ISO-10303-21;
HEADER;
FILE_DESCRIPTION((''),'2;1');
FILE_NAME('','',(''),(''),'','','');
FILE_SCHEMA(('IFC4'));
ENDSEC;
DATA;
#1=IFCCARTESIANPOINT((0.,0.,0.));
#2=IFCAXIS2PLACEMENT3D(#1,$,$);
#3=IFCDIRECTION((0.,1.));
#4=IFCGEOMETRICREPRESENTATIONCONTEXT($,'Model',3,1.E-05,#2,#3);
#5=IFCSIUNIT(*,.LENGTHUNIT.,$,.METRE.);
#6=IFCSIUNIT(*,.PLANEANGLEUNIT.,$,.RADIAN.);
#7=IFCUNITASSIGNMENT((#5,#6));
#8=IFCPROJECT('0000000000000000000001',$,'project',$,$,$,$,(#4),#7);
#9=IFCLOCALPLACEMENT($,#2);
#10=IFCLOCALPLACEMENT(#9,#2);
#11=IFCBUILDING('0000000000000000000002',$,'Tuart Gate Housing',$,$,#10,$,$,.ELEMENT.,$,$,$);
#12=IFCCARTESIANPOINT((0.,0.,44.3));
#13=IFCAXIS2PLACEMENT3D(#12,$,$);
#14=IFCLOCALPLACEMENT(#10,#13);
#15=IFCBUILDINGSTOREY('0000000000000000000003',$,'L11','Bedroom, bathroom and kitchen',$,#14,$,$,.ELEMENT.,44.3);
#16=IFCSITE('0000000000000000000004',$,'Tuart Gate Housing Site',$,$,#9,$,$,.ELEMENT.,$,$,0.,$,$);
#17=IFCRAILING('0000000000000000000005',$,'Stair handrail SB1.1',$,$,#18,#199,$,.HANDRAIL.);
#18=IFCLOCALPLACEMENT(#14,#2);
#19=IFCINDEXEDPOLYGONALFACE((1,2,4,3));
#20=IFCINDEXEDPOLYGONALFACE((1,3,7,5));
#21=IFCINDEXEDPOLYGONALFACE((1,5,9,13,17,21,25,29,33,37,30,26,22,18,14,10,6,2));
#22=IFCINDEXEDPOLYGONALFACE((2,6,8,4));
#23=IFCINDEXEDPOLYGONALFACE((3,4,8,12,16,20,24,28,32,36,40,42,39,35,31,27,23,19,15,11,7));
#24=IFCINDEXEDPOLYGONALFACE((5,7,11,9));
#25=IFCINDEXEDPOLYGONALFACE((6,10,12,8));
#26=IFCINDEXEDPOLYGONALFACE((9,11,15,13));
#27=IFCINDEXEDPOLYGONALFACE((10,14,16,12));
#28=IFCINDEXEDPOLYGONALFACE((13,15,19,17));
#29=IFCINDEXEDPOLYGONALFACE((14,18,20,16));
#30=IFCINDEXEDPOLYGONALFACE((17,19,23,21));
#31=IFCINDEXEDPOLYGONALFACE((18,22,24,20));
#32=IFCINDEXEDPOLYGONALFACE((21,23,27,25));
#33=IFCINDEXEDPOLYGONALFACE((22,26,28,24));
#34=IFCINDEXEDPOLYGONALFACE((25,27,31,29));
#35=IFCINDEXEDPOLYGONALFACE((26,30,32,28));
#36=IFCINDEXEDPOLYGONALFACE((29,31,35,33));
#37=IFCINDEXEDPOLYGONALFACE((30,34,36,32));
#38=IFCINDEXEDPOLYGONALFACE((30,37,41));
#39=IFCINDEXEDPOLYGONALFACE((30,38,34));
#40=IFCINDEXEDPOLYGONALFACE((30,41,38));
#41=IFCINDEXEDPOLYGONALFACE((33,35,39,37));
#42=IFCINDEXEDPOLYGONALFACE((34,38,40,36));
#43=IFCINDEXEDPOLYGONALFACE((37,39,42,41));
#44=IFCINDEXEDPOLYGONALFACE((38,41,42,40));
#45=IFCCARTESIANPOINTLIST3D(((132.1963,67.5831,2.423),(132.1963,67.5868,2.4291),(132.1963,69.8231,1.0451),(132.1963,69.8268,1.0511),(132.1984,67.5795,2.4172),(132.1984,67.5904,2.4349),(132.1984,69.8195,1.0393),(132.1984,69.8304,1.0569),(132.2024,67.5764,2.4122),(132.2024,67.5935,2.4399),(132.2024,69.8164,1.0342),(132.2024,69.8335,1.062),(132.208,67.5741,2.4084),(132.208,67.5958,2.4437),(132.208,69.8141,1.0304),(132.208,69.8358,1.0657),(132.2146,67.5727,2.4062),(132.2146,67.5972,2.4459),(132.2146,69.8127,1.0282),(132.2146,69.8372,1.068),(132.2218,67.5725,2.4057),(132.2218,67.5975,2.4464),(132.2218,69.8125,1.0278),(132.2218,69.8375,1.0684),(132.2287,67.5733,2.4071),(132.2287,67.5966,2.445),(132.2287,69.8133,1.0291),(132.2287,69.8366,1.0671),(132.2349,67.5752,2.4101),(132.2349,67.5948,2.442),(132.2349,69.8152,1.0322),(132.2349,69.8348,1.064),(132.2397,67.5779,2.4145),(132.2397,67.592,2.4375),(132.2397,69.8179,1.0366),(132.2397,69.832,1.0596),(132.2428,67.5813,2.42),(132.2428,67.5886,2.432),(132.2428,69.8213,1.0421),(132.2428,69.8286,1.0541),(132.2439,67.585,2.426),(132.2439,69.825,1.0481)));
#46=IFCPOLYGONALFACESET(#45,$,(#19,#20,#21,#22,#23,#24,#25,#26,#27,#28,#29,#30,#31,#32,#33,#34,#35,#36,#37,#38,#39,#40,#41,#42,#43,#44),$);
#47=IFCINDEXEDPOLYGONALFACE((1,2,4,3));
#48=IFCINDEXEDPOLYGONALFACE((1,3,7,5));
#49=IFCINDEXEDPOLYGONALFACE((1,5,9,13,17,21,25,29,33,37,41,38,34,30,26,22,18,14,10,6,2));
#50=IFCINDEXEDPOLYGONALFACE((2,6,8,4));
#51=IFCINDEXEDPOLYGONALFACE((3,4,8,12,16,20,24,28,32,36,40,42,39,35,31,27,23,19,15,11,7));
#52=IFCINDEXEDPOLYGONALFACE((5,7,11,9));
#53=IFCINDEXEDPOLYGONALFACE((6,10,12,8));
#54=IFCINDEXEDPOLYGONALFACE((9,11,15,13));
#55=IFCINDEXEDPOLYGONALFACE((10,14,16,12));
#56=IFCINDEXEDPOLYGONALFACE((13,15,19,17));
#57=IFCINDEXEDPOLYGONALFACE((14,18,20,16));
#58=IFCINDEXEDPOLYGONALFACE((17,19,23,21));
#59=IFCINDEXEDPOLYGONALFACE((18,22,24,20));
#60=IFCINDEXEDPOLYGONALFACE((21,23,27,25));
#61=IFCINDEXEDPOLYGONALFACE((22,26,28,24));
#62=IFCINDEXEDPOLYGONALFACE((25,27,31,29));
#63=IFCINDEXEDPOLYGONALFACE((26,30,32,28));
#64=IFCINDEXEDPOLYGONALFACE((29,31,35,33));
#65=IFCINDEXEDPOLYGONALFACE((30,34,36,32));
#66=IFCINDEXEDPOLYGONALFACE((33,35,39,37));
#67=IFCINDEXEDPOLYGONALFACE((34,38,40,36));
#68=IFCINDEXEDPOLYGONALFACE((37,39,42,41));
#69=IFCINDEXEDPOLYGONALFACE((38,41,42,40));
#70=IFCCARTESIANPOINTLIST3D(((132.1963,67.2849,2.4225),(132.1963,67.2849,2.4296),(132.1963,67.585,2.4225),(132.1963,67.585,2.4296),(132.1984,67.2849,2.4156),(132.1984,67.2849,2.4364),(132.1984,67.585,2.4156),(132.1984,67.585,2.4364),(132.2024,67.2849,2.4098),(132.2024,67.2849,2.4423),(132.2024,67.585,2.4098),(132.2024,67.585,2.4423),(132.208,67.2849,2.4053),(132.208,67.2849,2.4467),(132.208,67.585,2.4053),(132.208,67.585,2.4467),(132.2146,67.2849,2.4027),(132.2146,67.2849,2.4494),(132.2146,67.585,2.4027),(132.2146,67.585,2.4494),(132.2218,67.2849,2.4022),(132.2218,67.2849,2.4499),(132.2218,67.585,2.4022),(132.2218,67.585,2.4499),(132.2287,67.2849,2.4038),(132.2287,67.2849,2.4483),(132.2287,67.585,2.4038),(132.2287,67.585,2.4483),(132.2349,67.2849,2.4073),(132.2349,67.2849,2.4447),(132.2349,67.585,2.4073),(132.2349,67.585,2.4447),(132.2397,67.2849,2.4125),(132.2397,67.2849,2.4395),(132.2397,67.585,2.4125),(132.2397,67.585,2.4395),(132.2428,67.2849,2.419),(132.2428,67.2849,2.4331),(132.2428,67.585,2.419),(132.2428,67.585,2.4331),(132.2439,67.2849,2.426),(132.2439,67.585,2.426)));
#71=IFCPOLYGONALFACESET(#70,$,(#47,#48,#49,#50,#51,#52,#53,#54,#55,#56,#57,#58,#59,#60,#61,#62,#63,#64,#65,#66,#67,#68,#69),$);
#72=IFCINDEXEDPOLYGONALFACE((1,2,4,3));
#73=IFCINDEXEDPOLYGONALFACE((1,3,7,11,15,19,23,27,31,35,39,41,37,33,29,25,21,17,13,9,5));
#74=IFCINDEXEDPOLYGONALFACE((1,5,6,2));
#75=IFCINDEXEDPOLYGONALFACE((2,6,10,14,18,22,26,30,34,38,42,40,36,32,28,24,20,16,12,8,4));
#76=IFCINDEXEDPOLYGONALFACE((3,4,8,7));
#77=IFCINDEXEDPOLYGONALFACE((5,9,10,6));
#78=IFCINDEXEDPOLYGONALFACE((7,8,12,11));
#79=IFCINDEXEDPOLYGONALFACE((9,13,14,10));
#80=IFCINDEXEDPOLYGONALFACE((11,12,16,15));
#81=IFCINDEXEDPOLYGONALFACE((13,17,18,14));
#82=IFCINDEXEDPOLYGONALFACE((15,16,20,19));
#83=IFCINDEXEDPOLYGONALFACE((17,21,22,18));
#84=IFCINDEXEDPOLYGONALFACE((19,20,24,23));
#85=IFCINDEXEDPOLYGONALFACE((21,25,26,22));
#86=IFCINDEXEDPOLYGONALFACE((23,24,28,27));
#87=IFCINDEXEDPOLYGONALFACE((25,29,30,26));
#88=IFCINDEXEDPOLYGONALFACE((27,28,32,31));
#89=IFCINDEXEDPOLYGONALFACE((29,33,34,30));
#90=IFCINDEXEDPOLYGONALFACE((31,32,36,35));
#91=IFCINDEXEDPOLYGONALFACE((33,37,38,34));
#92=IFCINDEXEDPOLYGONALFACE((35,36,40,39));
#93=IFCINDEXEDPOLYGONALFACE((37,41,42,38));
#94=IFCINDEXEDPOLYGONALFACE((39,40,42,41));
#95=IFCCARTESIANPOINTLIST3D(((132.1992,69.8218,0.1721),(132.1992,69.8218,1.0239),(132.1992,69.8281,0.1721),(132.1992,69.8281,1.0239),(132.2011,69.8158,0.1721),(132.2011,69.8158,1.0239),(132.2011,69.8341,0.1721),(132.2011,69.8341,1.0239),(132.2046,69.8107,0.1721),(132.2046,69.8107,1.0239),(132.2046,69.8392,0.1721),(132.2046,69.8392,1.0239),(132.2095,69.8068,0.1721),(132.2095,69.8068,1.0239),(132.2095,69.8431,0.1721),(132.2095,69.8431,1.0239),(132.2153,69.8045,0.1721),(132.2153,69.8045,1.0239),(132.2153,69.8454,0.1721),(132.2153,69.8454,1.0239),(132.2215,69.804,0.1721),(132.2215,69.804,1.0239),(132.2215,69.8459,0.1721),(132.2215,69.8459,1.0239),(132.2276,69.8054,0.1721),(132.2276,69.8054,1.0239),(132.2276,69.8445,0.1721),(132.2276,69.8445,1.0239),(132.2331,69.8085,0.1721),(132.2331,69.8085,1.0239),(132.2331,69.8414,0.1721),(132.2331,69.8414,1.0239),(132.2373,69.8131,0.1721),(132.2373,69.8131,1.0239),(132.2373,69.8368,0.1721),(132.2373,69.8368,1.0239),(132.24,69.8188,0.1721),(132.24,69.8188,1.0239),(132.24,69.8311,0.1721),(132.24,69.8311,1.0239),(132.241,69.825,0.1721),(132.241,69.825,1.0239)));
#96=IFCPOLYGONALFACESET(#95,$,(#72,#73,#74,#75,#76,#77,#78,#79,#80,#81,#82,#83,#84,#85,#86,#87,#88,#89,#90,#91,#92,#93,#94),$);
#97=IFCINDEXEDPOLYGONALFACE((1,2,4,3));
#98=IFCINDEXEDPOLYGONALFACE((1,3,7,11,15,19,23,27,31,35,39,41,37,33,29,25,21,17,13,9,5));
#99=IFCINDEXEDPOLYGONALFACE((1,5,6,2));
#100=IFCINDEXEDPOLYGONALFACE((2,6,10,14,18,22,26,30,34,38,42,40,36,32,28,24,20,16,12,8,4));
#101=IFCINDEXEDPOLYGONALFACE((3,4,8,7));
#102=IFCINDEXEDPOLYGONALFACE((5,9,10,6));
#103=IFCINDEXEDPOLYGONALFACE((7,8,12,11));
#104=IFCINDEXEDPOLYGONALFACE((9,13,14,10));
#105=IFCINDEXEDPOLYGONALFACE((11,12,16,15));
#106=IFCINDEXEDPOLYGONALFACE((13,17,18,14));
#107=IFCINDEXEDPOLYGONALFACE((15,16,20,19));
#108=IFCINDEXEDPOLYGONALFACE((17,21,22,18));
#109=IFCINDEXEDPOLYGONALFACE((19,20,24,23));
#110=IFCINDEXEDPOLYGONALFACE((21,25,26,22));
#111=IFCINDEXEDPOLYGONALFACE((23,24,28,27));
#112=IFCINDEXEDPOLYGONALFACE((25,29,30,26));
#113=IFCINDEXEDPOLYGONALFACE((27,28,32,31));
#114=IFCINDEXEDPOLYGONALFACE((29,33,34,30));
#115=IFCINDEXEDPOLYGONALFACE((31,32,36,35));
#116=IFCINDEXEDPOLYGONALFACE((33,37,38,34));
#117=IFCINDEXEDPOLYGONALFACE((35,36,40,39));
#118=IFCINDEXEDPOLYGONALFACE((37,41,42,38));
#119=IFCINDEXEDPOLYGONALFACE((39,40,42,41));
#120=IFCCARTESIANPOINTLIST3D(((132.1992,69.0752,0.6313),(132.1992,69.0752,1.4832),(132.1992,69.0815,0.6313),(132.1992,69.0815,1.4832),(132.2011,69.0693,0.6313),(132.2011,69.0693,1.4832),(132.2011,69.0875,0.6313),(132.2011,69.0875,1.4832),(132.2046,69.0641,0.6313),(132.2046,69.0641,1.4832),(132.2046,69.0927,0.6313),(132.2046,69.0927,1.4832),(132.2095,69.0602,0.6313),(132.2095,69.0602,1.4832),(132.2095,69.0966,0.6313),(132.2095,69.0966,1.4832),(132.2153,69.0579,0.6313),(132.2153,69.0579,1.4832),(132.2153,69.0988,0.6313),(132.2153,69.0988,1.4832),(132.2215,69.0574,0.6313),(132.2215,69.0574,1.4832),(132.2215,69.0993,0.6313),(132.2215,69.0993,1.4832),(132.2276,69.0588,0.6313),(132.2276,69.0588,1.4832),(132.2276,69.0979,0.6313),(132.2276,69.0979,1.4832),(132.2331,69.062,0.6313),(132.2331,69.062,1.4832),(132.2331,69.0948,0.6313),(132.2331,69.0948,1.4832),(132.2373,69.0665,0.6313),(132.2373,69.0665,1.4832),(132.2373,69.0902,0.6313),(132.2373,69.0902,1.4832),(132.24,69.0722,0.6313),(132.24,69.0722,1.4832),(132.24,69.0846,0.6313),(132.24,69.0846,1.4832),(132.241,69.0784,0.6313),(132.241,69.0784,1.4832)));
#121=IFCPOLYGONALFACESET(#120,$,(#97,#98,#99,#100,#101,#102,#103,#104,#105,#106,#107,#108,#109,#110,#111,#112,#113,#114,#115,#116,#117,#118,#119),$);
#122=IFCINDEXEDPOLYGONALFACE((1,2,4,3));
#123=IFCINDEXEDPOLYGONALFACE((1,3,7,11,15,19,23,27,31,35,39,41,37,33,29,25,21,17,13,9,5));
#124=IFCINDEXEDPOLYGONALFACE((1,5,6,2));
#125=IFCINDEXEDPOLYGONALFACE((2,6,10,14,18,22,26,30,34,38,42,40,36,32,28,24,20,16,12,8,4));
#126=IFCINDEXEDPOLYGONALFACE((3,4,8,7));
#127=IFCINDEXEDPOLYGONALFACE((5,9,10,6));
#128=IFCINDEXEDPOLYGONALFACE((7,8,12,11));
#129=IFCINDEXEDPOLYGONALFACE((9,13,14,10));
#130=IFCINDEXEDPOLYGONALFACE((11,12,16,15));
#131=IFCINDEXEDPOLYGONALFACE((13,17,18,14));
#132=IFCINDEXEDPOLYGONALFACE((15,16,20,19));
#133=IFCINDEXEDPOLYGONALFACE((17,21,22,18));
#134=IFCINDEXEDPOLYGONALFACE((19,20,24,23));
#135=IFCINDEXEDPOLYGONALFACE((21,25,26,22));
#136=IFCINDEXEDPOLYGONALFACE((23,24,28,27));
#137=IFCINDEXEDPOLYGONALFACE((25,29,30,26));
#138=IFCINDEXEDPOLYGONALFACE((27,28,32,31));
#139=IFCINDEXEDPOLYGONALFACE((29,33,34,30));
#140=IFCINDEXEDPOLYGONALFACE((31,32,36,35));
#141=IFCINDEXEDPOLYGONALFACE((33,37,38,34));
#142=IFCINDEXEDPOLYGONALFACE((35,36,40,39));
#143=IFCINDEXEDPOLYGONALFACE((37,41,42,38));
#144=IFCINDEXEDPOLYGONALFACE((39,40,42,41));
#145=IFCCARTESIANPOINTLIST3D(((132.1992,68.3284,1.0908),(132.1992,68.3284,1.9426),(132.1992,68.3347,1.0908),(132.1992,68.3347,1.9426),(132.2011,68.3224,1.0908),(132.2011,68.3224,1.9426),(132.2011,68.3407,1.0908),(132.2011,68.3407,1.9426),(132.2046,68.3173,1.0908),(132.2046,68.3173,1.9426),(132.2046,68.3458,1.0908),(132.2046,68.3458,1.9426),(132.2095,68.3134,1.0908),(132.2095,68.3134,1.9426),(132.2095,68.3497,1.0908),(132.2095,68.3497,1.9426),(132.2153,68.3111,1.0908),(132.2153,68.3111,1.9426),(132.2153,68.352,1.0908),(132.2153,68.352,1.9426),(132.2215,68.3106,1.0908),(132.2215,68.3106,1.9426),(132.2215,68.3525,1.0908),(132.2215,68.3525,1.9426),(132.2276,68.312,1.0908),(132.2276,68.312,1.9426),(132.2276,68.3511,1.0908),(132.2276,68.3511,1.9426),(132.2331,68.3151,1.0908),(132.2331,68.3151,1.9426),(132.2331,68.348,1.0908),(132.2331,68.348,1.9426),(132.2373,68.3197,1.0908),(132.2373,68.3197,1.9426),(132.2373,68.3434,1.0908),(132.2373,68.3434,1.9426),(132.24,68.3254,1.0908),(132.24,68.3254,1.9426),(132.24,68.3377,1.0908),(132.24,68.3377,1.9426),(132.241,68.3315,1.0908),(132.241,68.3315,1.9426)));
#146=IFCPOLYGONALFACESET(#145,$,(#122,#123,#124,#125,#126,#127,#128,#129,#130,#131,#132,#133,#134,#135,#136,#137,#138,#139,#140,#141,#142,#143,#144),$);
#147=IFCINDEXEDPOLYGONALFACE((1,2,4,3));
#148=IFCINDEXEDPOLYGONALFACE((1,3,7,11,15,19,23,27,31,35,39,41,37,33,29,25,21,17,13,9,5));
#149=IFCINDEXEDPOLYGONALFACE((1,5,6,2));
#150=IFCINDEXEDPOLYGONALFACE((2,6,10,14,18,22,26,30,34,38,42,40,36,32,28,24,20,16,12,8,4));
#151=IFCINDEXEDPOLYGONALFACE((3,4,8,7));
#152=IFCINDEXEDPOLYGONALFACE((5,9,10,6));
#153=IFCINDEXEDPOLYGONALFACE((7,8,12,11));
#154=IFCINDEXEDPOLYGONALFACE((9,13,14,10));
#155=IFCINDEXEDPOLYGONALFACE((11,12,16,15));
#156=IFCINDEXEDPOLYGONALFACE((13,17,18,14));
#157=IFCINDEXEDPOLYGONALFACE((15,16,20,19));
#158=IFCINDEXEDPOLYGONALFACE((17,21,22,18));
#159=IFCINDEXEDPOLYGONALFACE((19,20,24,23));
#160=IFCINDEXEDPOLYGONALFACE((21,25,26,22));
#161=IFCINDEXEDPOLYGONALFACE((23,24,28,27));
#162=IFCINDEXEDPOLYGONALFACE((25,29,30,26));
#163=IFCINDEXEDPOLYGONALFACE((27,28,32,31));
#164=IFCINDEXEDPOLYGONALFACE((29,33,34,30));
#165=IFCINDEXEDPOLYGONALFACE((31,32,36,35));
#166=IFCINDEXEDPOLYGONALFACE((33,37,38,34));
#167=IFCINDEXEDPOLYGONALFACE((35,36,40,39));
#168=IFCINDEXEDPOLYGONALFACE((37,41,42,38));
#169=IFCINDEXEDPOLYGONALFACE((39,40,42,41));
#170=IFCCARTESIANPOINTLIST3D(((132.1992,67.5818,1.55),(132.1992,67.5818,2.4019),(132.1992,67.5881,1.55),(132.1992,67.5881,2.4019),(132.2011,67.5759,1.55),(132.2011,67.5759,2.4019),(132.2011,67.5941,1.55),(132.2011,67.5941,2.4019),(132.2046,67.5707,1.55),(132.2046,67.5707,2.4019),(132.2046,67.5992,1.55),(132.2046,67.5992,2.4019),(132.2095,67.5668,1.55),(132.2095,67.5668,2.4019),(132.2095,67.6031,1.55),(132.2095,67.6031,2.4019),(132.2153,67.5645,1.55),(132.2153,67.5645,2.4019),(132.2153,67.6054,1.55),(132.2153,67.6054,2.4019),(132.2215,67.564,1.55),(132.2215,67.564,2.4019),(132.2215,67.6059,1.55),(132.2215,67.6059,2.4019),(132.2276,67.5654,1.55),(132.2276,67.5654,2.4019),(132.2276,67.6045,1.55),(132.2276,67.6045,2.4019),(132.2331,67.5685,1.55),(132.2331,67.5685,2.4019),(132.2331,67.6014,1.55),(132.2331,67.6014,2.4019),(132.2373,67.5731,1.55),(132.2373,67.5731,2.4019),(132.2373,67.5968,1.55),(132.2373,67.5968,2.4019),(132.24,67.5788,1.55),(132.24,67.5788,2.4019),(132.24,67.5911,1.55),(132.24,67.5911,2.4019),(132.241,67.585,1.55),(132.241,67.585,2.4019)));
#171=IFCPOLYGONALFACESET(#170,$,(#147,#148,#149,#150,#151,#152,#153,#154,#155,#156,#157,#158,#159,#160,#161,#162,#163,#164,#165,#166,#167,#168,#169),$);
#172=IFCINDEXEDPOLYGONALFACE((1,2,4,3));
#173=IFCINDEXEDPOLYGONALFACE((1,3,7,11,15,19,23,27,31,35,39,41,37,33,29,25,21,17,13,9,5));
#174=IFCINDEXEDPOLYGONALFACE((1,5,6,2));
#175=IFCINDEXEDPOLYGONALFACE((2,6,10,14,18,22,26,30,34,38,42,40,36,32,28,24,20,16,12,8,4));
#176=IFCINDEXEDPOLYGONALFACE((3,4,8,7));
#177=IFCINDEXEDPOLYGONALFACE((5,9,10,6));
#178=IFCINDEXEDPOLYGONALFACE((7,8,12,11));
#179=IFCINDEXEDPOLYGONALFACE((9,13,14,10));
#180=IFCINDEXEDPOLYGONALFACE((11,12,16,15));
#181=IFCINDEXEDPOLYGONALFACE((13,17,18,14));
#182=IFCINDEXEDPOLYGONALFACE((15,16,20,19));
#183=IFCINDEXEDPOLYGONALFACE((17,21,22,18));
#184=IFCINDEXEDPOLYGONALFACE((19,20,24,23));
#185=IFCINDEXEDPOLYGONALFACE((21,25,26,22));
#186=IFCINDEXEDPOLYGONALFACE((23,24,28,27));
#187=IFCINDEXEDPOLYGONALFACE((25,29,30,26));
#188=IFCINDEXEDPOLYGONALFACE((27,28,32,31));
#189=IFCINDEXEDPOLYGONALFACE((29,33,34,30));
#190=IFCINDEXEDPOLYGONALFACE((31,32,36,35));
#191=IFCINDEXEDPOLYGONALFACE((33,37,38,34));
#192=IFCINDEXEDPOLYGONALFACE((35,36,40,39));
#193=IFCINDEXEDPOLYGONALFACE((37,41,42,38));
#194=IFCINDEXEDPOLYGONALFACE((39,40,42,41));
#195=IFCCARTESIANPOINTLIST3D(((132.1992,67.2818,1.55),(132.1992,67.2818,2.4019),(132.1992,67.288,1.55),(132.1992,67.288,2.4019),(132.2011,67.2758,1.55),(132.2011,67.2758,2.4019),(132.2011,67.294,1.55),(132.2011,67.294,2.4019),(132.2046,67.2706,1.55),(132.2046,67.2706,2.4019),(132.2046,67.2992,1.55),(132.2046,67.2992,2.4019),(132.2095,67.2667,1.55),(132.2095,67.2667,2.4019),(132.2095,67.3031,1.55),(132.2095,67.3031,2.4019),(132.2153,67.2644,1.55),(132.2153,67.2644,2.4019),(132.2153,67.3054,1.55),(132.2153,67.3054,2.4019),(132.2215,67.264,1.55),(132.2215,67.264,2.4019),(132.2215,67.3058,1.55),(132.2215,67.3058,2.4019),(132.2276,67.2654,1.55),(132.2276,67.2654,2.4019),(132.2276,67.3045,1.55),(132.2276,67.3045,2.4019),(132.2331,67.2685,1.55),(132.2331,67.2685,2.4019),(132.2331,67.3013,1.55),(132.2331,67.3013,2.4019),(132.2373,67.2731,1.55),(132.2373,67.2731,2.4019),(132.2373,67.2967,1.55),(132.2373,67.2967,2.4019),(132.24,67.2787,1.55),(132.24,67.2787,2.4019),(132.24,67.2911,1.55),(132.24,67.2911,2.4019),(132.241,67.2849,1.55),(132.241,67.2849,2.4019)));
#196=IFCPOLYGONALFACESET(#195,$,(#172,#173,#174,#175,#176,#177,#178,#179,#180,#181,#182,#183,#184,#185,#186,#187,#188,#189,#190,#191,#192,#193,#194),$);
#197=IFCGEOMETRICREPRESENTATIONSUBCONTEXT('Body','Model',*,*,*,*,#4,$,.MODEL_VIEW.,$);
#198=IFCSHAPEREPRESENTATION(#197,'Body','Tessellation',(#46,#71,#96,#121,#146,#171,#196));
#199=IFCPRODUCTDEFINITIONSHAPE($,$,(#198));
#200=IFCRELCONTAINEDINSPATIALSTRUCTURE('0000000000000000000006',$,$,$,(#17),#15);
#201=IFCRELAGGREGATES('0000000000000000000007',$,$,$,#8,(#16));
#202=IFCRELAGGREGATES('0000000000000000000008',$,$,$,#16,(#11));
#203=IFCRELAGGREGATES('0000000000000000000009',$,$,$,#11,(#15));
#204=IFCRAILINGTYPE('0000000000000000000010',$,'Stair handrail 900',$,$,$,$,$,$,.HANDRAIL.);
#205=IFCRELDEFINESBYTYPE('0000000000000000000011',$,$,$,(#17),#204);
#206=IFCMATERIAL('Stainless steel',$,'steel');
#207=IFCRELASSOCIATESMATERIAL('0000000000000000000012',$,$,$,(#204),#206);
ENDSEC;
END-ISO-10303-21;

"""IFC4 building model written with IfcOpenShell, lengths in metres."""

from ifc_helpers import new_model, si_unit, direction, frame, origin, origin_2d, place, context, subcontext, project, spatial, circle, extrude, material, type_object, element, save


model = new_model("IFC4")

# Units and contexts
model_context = context("Model", 3, precision=1e-05, world=origin(), true_north=direction((0.0, 1.0)))
body_context = subcontext(model_context, "Body", "Model", "MODEL_VIEW")
ifc_project = project(units=[si_unit("LENGTHUNIT", "METRE"), si_unit("PLANEANGLEUNIT", "RADIAN")], contexts=[model_context])

# Site, building, storey
site_placement = place(None, origin())
site = spatial("IfcSite", under=ifc_project, at=site_placement, Name="Tuart Gate Housing Site", CompositionType="ELEMENT", RefElevation=0.0)
building_placement = place(site_placement, origin())
building = spatial("IfcBuilding", under=site, at=building_placement, Name="Tuart Gate Housing", CompositionType="ELEMENT")
storey_placement = place(building_placement, frame((0.0, 0.0, 44.3)))
storey = spatial("IfcBuildingStorey", under=building, at=storey_placement, Name="L11", Description="Bedroom, bathroom and kitchen", CompositionType="ELEMENT", Elevation=44.3)

# Railing
ifc_material_1 = material(Name="Stainless steel", Category="steel")
railing_type = type_object("IfcRailingType", Name="Stair handrail 900", PredefinedType="HANDRAIL", material=ifc_material_1)
railing_placement = place(storey_placement, frame((132.22, 69.825, 0.1721)))
element("IfcRailing", 1, at=railing_placement, inside=storey, type_object=railing_type, Name="Stair handrail SB1.1", PredefinedType="HANDRAIL", context=body_context, shape_type="SweptSolid", body=[
    extrude(circle(Radius=0.0239, at=origin_2d()), frame((0.0, 0.0, 0.876), z_axis=(0.0, -0.851748, 0.523952), x_axis=(1.0, 0.0, 0.0)), (0.0, 0.0, 1.0), 2.6299),
    extrude(circle(Radius=0.0239, at=origin_2d()), frame((0.0, -2.24, 2.2539), z_axis=(0.0, -1.0, 0.0), x_axis=(1.0, 0.0, 0.0)), (0.0, 0.0, 1.0), 0.3),
    extrude(circle(Radius=0.021, at=origin_2d()), origin(), (0.0, 0.0, 1.0), 0.8518),
    extrude(circle(Radius=0.021, at=origin_2d()), frame((0.0, -0.7466, 0.4592)), (0.0, 0.0, 1.0), 0.8518),
    extrude(circle(Radius=0.021, at=origin_2d()), frame((0.0, -1.4934, 0.9187)), (0.0, 0.0, 1.0), 0.8518),
    extrude(circle(Radius=0.021, at=origin_2d()), frame((0.0, -2.24, 1.3779)), (0.0, 0.0, 1.0), 0.8518),
    extrude(circle(Radius=0.021, at=origin_2d()), frame((0.0, -2.54, 1.3779)), (0.0, 0.0, 1.0), 0.8518),
])

save(model, "model.ifc")
